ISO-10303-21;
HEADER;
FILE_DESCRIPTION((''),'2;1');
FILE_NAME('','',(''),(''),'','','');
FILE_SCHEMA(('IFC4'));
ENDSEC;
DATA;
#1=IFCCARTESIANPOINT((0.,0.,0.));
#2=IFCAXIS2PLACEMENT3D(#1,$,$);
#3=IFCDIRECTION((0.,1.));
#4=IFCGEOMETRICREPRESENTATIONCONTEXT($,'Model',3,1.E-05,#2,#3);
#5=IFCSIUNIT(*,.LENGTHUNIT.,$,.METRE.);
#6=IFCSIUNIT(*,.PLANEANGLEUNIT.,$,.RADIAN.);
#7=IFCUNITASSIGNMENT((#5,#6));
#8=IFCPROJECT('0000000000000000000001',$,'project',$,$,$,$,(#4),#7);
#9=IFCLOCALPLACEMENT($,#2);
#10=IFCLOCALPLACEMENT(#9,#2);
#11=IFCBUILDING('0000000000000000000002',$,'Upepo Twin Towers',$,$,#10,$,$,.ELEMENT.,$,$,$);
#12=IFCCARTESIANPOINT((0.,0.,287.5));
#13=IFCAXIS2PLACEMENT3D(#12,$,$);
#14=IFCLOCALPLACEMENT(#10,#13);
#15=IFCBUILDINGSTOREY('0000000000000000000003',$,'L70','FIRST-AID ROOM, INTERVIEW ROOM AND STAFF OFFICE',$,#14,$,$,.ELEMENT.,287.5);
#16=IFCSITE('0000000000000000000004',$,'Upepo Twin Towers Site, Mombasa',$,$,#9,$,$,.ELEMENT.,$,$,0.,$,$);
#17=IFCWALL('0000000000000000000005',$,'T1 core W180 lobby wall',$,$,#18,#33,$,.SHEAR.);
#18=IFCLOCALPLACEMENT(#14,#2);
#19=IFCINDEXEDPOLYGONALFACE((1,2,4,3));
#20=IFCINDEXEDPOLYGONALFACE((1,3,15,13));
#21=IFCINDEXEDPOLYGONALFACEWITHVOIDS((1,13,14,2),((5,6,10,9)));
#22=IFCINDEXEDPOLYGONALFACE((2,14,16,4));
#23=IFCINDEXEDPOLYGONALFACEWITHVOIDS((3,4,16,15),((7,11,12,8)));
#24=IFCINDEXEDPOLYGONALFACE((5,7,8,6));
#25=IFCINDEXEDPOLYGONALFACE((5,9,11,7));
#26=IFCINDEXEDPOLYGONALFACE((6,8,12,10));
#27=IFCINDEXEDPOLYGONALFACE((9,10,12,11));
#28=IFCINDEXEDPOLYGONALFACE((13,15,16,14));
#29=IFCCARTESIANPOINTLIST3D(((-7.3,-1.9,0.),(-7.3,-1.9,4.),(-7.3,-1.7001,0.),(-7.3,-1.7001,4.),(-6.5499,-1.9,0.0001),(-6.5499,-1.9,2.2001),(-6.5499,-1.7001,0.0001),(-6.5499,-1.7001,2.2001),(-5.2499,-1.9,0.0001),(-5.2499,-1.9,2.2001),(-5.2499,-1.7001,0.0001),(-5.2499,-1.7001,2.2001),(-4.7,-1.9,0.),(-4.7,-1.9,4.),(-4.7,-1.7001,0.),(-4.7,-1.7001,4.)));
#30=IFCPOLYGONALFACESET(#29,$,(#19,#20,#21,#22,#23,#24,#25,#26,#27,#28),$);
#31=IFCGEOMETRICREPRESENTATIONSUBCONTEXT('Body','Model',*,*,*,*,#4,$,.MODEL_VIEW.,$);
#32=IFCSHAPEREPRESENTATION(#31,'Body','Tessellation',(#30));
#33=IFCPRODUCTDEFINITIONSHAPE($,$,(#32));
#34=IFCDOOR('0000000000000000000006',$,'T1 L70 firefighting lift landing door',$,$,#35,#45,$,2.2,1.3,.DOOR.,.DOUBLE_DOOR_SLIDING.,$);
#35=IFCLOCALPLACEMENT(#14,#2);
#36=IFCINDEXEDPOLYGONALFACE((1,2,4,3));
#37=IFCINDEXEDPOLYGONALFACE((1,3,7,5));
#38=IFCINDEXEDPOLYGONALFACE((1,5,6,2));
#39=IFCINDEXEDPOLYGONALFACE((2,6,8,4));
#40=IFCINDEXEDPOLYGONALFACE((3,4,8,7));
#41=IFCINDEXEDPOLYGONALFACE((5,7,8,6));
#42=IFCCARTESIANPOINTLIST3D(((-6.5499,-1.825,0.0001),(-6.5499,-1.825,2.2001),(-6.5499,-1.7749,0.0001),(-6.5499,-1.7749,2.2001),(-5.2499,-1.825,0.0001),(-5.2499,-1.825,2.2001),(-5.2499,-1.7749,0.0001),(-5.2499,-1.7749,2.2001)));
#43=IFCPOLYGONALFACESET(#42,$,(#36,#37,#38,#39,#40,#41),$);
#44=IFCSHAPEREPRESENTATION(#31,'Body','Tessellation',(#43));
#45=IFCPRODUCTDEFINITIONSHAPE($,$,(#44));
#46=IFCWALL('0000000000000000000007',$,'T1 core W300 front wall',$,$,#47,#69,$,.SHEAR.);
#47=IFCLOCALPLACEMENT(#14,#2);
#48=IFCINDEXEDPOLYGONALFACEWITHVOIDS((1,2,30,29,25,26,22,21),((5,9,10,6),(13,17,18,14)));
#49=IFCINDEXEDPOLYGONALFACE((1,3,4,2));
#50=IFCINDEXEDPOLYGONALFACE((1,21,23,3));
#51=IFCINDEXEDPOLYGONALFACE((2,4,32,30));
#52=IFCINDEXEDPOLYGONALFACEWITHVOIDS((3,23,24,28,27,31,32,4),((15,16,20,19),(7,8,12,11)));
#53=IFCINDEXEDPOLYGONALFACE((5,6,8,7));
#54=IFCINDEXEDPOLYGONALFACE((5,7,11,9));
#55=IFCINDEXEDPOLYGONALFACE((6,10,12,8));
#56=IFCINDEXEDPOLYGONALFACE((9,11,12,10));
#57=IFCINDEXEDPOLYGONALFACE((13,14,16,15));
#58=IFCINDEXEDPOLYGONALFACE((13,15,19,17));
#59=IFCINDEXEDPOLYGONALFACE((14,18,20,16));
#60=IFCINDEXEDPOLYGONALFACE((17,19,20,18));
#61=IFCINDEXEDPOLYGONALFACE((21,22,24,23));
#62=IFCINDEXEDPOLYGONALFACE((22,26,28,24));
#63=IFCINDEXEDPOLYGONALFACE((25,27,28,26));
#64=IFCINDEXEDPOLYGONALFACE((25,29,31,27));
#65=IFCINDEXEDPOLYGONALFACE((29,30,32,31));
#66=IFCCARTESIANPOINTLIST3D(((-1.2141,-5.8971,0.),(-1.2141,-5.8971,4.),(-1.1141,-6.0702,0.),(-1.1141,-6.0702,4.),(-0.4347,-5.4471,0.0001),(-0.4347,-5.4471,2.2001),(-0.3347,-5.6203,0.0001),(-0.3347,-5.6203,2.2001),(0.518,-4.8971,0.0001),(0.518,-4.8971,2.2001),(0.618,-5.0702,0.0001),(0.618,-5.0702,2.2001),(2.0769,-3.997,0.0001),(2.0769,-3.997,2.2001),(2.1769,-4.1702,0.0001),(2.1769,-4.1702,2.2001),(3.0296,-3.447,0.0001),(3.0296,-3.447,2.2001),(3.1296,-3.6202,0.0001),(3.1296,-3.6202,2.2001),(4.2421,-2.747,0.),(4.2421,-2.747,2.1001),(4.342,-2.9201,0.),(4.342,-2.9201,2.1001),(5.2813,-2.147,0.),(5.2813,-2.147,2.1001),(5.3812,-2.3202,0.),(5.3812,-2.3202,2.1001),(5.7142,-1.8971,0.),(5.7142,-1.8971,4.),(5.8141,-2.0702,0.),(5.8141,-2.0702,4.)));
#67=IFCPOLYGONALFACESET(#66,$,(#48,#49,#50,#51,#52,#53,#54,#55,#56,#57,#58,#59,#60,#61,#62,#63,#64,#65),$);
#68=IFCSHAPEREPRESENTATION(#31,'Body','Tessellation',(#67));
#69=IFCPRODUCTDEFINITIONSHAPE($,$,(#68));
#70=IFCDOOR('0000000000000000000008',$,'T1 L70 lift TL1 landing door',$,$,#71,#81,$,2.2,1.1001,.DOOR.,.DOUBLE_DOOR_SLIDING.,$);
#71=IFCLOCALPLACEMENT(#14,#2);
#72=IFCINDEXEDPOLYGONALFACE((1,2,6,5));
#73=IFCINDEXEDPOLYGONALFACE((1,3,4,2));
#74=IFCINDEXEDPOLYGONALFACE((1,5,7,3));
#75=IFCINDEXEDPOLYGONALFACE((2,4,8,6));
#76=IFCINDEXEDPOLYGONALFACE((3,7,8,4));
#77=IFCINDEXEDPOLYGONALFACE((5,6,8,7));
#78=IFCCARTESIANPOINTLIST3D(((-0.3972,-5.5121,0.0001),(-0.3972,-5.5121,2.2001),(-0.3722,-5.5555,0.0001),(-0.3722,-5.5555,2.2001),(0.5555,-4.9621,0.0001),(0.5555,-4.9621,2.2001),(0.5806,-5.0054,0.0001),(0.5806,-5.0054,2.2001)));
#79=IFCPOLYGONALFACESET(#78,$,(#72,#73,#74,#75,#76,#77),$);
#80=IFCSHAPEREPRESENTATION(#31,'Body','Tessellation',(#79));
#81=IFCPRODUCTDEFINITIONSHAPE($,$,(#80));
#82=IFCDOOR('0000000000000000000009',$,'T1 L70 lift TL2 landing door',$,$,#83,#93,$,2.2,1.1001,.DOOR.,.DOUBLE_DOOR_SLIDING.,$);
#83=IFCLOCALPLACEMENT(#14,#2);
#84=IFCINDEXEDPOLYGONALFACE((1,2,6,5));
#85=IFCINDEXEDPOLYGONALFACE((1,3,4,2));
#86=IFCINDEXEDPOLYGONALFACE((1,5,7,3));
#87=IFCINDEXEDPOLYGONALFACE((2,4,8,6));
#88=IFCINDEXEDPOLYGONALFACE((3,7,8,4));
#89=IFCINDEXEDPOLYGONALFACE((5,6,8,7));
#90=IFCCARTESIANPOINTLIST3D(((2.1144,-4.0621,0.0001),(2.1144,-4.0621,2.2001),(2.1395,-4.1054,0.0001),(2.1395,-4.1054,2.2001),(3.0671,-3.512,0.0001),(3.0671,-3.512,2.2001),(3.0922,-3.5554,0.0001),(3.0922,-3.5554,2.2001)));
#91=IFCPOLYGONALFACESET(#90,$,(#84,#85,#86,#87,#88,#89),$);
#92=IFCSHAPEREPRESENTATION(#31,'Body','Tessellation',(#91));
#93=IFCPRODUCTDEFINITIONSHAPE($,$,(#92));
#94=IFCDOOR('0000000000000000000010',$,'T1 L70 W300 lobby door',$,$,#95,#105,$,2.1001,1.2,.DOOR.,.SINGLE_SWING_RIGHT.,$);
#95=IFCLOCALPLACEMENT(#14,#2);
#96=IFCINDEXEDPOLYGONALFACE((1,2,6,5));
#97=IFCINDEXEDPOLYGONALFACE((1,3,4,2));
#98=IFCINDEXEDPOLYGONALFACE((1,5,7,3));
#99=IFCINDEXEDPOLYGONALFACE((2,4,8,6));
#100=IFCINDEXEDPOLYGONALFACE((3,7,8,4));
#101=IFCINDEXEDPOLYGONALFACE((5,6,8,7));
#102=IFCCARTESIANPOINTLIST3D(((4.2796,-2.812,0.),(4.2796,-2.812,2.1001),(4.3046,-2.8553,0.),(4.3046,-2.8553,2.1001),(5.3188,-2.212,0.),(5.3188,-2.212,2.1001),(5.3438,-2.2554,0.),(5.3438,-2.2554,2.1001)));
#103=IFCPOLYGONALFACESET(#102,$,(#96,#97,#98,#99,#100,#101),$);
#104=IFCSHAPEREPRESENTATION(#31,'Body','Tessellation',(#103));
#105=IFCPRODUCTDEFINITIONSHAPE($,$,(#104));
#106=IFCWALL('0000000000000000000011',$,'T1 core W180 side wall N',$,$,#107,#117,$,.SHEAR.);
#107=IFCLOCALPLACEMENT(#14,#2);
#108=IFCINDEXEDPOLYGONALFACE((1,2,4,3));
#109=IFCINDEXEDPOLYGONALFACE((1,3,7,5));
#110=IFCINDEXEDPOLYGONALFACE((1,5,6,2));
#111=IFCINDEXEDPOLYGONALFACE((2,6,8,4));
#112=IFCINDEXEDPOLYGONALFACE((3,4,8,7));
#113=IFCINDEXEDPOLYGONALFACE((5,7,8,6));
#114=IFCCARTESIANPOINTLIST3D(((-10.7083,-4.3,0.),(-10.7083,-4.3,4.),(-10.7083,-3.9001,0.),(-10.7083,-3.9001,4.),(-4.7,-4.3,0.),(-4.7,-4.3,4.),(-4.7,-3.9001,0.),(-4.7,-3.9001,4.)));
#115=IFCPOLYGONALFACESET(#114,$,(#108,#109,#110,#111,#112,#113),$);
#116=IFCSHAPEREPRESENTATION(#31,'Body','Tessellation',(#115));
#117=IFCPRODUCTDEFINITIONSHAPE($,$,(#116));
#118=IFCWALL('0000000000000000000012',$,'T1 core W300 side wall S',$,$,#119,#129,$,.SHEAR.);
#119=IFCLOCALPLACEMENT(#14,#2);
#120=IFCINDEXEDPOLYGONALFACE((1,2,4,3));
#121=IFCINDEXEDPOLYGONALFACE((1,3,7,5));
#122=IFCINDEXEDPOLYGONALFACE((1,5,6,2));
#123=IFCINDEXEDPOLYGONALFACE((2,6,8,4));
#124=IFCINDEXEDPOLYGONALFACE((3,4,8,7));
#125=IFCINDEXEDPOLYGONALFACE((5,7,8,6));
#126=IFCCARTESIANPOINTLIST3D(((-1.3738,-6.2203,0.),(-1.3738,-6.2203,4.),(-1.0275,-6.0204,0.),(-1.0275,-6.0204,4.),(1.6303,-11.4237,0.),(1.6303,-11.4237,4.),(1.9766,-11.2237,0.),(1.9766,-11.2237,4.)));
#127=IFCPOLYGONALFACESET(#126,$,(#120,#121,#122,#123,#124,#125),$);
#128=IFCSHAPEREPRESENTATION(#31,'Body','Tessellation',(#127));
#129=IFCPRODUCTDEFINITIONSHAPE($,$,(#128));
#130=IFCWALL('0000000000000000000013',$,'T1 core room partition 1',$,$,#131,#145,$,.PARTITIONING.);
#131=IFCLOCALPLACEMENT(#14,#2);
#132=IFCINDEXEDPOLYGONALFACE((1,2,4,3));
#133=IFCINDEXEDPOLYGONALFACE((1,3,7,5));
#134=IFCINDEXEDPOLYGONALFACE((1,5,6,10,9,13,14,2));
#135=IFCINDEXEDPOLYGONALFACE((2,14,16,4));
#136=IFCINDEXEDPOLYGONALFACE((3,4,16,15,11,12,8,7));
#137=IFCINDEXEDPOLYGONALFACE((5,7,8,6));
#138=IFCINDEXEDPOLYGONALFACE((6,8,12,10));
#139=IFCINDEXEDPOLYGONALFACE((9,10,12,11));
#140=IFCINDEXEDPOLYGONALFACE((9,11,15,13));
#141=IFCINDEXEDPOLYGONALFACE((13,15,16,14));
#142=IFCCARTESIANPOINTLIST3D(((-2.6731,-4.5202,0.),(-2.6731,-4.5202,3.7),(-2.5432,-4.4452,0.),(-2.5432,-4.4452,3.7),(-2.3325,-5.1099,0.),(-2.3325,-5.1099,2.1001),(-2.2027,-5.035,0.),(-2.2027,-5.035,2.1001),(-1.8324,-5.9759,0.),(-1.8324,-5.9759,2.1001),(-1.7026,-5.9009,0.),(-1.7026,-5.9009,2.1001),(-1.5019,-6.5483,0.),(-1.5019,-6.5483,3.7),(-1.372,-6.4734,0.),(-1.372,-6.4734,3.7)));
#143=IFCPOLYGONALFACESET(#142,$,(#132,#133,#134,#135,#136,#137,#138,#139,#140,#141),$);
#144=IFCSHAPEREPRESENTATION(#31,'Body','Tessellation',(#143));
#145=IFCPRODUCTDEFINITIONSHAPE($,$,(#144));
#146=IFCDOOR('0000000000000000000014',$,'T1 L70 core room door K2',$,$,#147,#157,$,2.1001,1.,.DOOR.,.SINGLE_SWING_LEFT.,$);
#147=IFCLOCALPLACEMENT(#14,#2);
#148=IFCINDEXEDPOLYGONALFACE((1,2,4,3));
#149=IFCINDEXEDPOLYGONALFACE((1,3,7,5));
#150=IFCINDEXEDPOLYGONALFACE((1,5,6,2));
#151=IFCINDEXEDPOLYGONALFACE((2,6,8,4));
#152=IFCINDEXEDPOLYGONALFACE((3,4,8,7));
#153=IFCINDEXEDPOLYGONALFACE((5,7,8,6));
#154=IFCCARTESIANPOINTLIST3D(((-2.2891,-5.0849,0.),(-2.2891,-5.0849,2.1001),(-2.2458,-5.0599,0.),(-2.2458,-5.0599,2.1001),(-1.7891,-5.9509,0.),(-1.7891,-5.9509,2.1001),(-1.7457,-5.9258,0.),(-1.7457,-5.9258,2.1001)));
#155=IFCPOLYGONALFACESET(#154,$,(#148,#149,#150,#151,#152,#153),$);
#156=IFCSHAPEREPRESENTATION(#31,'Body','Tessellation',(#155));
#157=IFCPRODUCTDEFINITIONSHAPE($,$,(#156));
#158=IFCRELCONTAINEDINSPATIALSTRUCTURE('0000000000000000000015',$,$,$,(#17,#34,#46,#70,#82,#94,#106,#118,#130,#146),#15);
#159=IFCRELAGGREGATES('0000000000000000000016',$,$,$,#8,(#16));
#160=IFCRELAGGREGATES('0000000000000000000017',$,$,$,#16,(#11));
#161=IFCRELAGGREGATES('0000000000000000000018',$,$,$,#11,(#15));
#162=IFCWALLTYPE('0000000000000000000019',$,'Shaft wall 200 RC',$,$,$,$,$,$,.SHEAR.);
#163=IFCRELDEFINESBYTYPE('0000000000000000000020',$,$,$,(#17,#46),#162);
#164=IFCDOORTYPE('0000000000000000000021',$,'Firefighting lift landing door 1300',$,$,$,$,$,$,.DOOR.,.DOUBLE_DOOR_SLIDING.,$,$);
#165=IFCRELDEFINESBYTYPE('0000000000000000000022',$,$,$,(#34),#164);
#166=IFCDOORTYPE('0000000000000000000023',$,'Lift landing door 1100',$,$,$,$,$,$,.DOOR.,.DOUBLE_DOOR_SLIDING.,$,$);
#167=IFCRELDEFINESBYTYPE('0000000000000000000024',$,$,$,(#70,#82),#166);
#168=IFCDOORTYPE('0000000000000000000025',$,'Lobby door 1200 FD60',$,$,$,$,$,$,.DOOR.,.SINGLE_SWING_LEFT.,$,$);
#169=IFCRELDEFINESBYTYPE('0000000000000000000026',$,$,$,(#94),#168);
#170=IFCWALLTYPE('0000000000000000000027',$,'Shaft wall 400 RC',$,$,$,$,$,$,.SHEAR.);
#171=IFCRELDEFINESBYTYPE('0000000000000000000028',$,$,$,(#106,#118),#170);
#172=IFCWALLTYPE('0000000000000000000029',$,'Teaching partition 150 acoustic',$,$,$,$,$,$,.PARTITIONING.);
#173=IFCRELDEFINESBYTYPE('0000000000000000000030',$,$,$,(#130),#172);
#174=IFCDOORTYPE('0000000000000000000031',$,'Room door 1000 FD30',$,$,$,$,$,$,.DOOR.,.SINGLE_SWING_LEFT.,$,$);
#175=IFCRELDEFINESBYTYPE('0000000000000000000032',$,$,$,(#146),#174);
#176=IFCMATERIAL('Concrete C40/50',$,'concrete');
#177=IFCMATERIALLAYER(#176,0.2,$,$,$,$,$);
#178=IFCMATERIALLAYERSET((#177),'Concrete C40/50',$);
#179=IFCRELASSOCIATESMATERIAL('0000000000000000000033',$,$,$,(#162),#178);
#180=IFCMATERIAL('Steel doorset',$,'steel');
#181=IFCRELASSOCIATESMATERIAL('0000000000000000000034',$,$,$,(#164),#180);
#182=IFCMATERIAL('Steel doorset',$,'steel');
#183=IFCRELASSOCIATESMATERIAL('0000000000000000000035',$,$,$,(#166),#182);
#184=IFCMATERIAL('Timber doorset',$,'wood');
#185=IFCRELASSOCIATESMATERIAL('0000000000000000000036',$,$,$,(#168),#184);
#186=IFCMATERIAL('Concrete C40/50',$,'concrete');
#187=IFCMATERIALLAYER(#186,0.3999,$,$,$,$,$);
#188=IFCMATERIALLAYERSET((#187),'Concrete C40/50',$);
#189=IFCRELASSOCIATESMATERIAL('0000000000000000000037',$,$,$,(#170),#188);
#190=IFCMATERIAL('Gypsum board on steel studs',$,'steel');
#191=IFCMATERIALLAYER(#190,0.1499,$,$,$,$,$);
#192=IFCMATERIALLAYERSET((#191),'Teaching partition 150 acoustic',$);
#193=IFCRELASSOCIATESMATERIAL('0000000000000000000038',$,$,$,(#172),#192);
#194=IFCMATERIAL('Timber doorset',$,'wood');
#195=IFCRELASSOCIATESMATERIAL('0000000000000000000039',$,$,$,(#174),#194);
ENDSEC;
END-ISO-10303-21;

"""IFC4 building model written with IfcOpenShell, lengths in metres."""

from ifc_helpers import new_model, si_unit, direction, frame, frame_2d, origin, place, context, subcontext, project, spatial, rectangle, extrude, material, layer, layer_set, type_object, element, fill, save


model = new_model("IFC4")

# Units and contexts
model_context = context("Model", 3, precision=1e-05, world=origin(), true_north=direction((0.0, 1.0)))
body_context = subcontext(model_context, "Body", "Model", "MODEL_VIEW")
ifc_project = project(units=[si_unit("LENGTHUNIT", "METRE"), si_unit("PLANEANGLEUNIT", "RADIAN")], contexts=[model_context])

# Site, building, storey
site_placement = place(None, origin())
site = spatial("IfcSite", under=ifc_project, at=site_placement, Name="Upepo Twin Towers Site, Mombasa", CompositionType="ELEMENT", RefElevation=0.0)
building_placement = place(site_placement, origin())
building = spatial("IfcBuilding", under=site, at=building_placement, Name="Upepo Twin Towers", CompositionType="ELEMENT")
storey_placement = place(building_placement, frame((0.0, 0.0, 287.5)))
storey = spatial("IfcBuildingStorey", under=building, at=storey_placement, Name="L70", Description="FIRST-AID ROOM, INTERVIEW ROOM AND STAFF OFFICE", CompositionType="ELEMENT", Elevation=287.5)

# Wall, opening, door
ifc_material_1 = material(Name="Concrete C40/50", Category="concrete")
ifc_layer_1 = layer(ifc_material_1, 0.2)
ifc_layer_set_1 = layer_set([ifc_layer_1], Name="Concrete C40/50")
wall_type_1 = type_object("IfcWallType", Name="Shaft wall 200 RC", PredefinedType="SHEAR", material=ifc_layer_set_1)
wall_1_placement = place(storey_placement, frame((-4.7, -1.8, 0.0), z_axis=(0.0, 0.0, 1.0), x_axis=(-1.0, 0.0, 0.0)))
wall_1 = element("IfcWall", 1, at=wall_1_placement, inside=storey, type_object=wall_type_1, Name="T1 core W180 lobby wall", PredefinedType="SHEAR", context=body_context, shape_type="SweptSolid", body=[
    extrude(rectangle(XDim=2.6001, YDim=0.2, at=frame_2d((1.3, 0.0))), origin(), (0.0, 0.0, 1.0), 4.0),
])
opening_1_placement = place(wall_1_placement, frame((0.55, 0.0, 0.0)))
opening_1 = element("IfcOpeningElement", 2, at=opening_1_placement, cuts=wall_1, PredefinedType="OPENING", context=body_context, shape_type="SweptSolid", body=[
    extrude(rectangle(XDim=1.3, YDim=2.2, at=frame_2d((0.6499, 1.1001))), frame((0.0, 0.1099, 0.0), z_axis=(0.0, -1.0, 0.0), x_axis=(1.0, 0.0, 0.0)), (0.0, 0.0, 1.0), 0.22),
])
ifc_material_2 = material(Name="Steel doorset", Category="steel")
door_type_1 = type_object("IfcDoorType", Name="Firefighting lift landing door 1300", OperationType="DOUBLE_DOOR_SLIDING", PredefinedType="DOOR", material=ifc_material_2)
door_1_placement = place(opening_1_placement, origin())
door_1 = element("IfcDoor", 3, at=door_1_placement, inside=storey, type_object=door_type_1, Name="T1 L70 firefighting lift landing door", OperationType="DOUBLE_DOOR_SLIDING", OverallHeight=2.2, OverallWidth=1.3, PredefinedType="DOOR", context=body_context, shape_type="SweptSolid", body=[
    extrude(rectangle(XDim=1.3, YDim=2.2, at=frame_2d((0.6499, 1.1001))), frame((0.0, 0.0249, 0.0), z_axis=(0.0, -1.0, 0.0), x_axis=(1.0, 0.0, 0.0)), (0.0, 0.0, 1.0), 0.05),
])
fill(opening_1, door_1)

# Wall, openings, doors
wall_2_placement = place(storey_placement, frame((-1.1641, -5.9836, 0.0), z_axis=(0.0, 0.0, 1.0), x_axis=(0.866026, 0.499999, 0.0)))
wall_2 = element("IfcWall", 4, at=wall_2_placement, inside=storey, type_object=wall_type_1, Name="T1 core W300 front wall", PredefinedType="SHEAR", context=body_context, shape_type="SweptSolid", body=[
    extrude(rectangle(XDim=8.0, YDim=0.2, at=frame_2d((4.0, 0.0))), origin(), (0.0, 0.0, 1.0), 4.0),
])
opening_2_placement = place(wall_2_placement, frame((6.3, 0.0, 0.0)))
opening_2 = element("IfcOpeningElement", 5, at=opening_2_placement, cuts=wall_2, PredefinedType="OPENING", context=body_context, shape_type="SweptSolid", body=[
    extrude(rectangle(XDim=1.2, YDim=2.1001, at=frame_2d((0.6001, 1.05))), frame((0.0, 0.1099, 0.0), z_axis=(0.0, -1.0, 0.0), x_axis=(1.0, 0.0, 0.0)), (0.0, 0.0, 1.0), 0.22),
])
opening_3_placement = place(wall_2_placement, frame((0.8999, 0.0, 0.0)))
opening_3 = element("IfcOpeningElement", 6, at=opening_3_placement, cuts=wall_2, PredefinedType="OPENING", context=body_context, shape_type="SweptSolid", body=[
    extrude(rectangle(XDim=1.1001, YDim=2.2, at=frame_2d((0.55, 1.1001))), frame((0.0, 0.1099, 0.0), z_axis=(0.0, -1.0, 0.0), x_axis=(1.0, 0.0, 0.0)), (0.0, 0.0, 1.0), 0.22),
])
opening_4_placement = place(wall_2_placement, frame((3.8, 0.0, 0.0)))
opening_4 = element("IfcOpeningElement", 7, at=opening_4_placement, cuts=wall_2, PredefinedType="OPENING", context=body_context, shape_type="SweptSolid", body=[
    extrude(rectangle(XDim=1.1001, YDim=2.2, at=frame_2d((0.55, 1.1001))), frame((0.0, 0.1099, 0.0), z_axis=(0.0, -1.0, 0.0), x_axis=(1.0, 0.0, 0.0)), (0.0, 0.0, 1.0), 0.22),
])
ifc_material_3 = material(Name="Steel doorset", Category="steel")
door_type_2 = type_object("IfcDoorType", Name="Lift landing door 1100", OperationType="DOUBLE_DOOR_SLIDING", PredefinedType="DOOR", material=ifc_material_3)
door_2_placement = place(opening_3_placement, origin())
door_2 = element("IfcDoor", 8, at=door_2_placement, inside=storey, type_object=door_type_2, Name="T1 L70 lift TL1 landing door", OperationType="DOUBLE_DOOR_SLIDING", OverallHeight=2.2, OverallWidth=1.1001, PredefinedType="DOOR", context=body_context, shape_type="SweptSolid", body=[
    extrude(rectangle(XDim=1.1001, YDim=2.2, at=frame_2d((0.55, 1.1001))), frame((0.0, 0.0249, 0.0), z_axis=(0.0, -1.0, 0.0), x_axis=(1.0, 0.0, 0.0)), (0.0, 0.0, 1.0), 0.05),
])
fill(opening_3, door_2)
door_3_placement = place(opening_4_placement, origin())
door_3 = element("IfcDoor", 9, at=door_3_placement, inside=storey, type_object=door_type_2, Name="T1 L70 lift TL2 landing door", OperationType="DOUBLE_DOOR_SLIDING", OverallHeight=2.2, OverallWidth=1.1001, PredefinedType="DOOR", context=body_context, shape_type="SweptSolid", body=[
    extrude(rectangle(XDim=1.1001, YDim=2.2, at=frame_2d((0.55, 1.1001))), frame((0.0, 0.0249, 0.0), z_axis=(0.0, -1.0, 0.0), x_axis=(1.0, 0.0, 0.0)), (0.0, 0.0, 1.0), 0.05),
])
fill(opening_4, door_3)
ifc_material_4 = material(Name="Timber doorset", Category="wood")
door_type_3 = type_object("IfcDoorType", Name="Lobby door 1200 FD60", OperationType="SINGLE_SWING_LEFT", PredefinedType="DOOR", material=ifc_material_4)
door_4_placement = place(opening_2_placement, origin())
door_4 = element("IfcDoor", 10, at=door_4_placement, inside=storey, type_object=door_type_3, Name="T1 L70 W300 lobby door", OperationType="SINGLE_SWING_RIGHT", OverallHeight=2.1001, OverallWidth=1.2, PredefinedType="DOOR", context=body_context, shape_type="SweptSolid", body=[
    extrude(rectangle(XDim=1.2, YDim=2.1001, at=frame_2d((0.6001, 1.05))), frame((0.0, 0.0249, 0.0), z_axis=(0.0, -1.0, 0.0), x_axis=(1.0, 0.0, 0.0)), (0.0, 0.0, 1.0), 0.05),
])
fill(opening_2, door_4)

# Walls
ifc_material_5 = material(Name="Concrete C40/50", Category="concrete")
ifc_layer_2 = layer(ifc_material_5, 0.3999)
ifc_layer_set_2 = layer_set([ifc_layer_2], Name="Concrete C40/50")
wall_type_2 = type_object("IfcWallType", Name="Shaft wall 400 RC", PredefinedType="SHEAR", material=ifc_layer_set_2)
for number, where, z_axis, x_axis, name in (
    (11, (-4.7, -4.1001, 0.0), (0.0, 0.0, 1.0), (-1.0, 0.0, 0.0), "T1 core W180 side wall N"),
    (12, (-1.2007, -6.1204, 0.0), (0.0, 0.0, 1.0), (0.499998, -0.866027, 0.0), "T1 core W300 side wall S"),
):
    element("IfcWall", number, at=place(storey_placement, frame(where, z_axis=z_axis, x_axis=x_axis)), inside=storey, type_object=wall_type_2, Name=name, PredefinedType="SHEAR", context=body_context, shape_type="SweptSolid", body=[
        extrude(rectangle(XDim=6.0083, YDim=0.3999, at=frame_2d((3.0042, 0.0))), origin(), (0.0, 0.0, 1.0), 4.0),
    ])

# Wall, opening, door
ifc_material_6 = material(Name="Gypsum board on steel studs", Category="steel")
ifc_layer_3 = layer(ifc_material_6, 0.1499)
ifc_layer_set_3 = layer_set([ifc_layer_3], Name="Teaching partition 150 acoustic")
wall_type_3 = type_object("IfcWallType", Name="Teaching partition 150 acoustic", PredefinedType="PARTITIONING", material=ifc_layer_set_3)
wall_3_placement = place(storey_placement, frame((-1.437, -6.5107, 0.0), z_axis=(0.0, 0.0, 1.0), x_axis=(-0.500074, 0.865982, 0.0)))
wall_3 = element("IfcWall", 13, at=wall_3_placement, inside=storey, type_object=wall_type_3, Name="T1 core room partition 1", PredefinedType="PARTITIONING", context=body_context, shape_type="SweptSolid", body=[
    extrude(rectangle(XDim=2.342, YDim=0.1499, at=frame_2d((1.1709, 0.0))), origin(), (0.0, 0.0, 1.0), 3.7),
])
opening_5_placement = place(wall_3_placement, frame((0.6609, 0.0, 0.0)))
opening_5 = element("IfcOpeningElement", 14, at=opening_5_placement, cuts=wall_3, PredefinedType="OPENING", context=body_context, shape_type="SweptSolid", body=[
    extrude(rectangle(XDim=1.0, YDim=2.1001, at=frame_2d((0.5, 1.05))), frame((0.0, 0.085, 0.0), z_axis=(0.0, -1.0, 0.0), x_axis=(1.0, 0.0, 0.0)), (0.0, 0.0, 1.0), 0.1699),
])
ifc_material_7 = material(Name="Timber doorset", Category="wood")
door_type_4 = type_object("IfcDoorType", Name="Room door 1000 FD30", OperationType="SINGLE_SWING_LEFT", PredefinedType="DOOR", material=ifc_material_7)
door_5_placement = place(opening_5_placement, origin())
door_5 = element("IfcDoor", 15, at=door_5_placement, inside=storey, type_object=door_type_4, Name="T1 L70 core room door K2", OperationType="SINGLE_SWING_LEFT", OverallHeight=2.1001, OverallWidth=1.0, PredefinedType="DOOR", context=body_context, shape_type="SweptSolid", body=[
    extrude(rectangle(XDim=1.0, YDim=2.1001, at=frame_2d((0.5, 1.05))), frame((0.0, 0.0249, 0.0), z_axis=(0.0, -1.0, 0.0), x_axis=(1.0, 0.0, 0.0)), (0.0, 0.0, 1.0), 0.05),
])
fill(opening_5, door_5)

save(model, "model.ifc")
